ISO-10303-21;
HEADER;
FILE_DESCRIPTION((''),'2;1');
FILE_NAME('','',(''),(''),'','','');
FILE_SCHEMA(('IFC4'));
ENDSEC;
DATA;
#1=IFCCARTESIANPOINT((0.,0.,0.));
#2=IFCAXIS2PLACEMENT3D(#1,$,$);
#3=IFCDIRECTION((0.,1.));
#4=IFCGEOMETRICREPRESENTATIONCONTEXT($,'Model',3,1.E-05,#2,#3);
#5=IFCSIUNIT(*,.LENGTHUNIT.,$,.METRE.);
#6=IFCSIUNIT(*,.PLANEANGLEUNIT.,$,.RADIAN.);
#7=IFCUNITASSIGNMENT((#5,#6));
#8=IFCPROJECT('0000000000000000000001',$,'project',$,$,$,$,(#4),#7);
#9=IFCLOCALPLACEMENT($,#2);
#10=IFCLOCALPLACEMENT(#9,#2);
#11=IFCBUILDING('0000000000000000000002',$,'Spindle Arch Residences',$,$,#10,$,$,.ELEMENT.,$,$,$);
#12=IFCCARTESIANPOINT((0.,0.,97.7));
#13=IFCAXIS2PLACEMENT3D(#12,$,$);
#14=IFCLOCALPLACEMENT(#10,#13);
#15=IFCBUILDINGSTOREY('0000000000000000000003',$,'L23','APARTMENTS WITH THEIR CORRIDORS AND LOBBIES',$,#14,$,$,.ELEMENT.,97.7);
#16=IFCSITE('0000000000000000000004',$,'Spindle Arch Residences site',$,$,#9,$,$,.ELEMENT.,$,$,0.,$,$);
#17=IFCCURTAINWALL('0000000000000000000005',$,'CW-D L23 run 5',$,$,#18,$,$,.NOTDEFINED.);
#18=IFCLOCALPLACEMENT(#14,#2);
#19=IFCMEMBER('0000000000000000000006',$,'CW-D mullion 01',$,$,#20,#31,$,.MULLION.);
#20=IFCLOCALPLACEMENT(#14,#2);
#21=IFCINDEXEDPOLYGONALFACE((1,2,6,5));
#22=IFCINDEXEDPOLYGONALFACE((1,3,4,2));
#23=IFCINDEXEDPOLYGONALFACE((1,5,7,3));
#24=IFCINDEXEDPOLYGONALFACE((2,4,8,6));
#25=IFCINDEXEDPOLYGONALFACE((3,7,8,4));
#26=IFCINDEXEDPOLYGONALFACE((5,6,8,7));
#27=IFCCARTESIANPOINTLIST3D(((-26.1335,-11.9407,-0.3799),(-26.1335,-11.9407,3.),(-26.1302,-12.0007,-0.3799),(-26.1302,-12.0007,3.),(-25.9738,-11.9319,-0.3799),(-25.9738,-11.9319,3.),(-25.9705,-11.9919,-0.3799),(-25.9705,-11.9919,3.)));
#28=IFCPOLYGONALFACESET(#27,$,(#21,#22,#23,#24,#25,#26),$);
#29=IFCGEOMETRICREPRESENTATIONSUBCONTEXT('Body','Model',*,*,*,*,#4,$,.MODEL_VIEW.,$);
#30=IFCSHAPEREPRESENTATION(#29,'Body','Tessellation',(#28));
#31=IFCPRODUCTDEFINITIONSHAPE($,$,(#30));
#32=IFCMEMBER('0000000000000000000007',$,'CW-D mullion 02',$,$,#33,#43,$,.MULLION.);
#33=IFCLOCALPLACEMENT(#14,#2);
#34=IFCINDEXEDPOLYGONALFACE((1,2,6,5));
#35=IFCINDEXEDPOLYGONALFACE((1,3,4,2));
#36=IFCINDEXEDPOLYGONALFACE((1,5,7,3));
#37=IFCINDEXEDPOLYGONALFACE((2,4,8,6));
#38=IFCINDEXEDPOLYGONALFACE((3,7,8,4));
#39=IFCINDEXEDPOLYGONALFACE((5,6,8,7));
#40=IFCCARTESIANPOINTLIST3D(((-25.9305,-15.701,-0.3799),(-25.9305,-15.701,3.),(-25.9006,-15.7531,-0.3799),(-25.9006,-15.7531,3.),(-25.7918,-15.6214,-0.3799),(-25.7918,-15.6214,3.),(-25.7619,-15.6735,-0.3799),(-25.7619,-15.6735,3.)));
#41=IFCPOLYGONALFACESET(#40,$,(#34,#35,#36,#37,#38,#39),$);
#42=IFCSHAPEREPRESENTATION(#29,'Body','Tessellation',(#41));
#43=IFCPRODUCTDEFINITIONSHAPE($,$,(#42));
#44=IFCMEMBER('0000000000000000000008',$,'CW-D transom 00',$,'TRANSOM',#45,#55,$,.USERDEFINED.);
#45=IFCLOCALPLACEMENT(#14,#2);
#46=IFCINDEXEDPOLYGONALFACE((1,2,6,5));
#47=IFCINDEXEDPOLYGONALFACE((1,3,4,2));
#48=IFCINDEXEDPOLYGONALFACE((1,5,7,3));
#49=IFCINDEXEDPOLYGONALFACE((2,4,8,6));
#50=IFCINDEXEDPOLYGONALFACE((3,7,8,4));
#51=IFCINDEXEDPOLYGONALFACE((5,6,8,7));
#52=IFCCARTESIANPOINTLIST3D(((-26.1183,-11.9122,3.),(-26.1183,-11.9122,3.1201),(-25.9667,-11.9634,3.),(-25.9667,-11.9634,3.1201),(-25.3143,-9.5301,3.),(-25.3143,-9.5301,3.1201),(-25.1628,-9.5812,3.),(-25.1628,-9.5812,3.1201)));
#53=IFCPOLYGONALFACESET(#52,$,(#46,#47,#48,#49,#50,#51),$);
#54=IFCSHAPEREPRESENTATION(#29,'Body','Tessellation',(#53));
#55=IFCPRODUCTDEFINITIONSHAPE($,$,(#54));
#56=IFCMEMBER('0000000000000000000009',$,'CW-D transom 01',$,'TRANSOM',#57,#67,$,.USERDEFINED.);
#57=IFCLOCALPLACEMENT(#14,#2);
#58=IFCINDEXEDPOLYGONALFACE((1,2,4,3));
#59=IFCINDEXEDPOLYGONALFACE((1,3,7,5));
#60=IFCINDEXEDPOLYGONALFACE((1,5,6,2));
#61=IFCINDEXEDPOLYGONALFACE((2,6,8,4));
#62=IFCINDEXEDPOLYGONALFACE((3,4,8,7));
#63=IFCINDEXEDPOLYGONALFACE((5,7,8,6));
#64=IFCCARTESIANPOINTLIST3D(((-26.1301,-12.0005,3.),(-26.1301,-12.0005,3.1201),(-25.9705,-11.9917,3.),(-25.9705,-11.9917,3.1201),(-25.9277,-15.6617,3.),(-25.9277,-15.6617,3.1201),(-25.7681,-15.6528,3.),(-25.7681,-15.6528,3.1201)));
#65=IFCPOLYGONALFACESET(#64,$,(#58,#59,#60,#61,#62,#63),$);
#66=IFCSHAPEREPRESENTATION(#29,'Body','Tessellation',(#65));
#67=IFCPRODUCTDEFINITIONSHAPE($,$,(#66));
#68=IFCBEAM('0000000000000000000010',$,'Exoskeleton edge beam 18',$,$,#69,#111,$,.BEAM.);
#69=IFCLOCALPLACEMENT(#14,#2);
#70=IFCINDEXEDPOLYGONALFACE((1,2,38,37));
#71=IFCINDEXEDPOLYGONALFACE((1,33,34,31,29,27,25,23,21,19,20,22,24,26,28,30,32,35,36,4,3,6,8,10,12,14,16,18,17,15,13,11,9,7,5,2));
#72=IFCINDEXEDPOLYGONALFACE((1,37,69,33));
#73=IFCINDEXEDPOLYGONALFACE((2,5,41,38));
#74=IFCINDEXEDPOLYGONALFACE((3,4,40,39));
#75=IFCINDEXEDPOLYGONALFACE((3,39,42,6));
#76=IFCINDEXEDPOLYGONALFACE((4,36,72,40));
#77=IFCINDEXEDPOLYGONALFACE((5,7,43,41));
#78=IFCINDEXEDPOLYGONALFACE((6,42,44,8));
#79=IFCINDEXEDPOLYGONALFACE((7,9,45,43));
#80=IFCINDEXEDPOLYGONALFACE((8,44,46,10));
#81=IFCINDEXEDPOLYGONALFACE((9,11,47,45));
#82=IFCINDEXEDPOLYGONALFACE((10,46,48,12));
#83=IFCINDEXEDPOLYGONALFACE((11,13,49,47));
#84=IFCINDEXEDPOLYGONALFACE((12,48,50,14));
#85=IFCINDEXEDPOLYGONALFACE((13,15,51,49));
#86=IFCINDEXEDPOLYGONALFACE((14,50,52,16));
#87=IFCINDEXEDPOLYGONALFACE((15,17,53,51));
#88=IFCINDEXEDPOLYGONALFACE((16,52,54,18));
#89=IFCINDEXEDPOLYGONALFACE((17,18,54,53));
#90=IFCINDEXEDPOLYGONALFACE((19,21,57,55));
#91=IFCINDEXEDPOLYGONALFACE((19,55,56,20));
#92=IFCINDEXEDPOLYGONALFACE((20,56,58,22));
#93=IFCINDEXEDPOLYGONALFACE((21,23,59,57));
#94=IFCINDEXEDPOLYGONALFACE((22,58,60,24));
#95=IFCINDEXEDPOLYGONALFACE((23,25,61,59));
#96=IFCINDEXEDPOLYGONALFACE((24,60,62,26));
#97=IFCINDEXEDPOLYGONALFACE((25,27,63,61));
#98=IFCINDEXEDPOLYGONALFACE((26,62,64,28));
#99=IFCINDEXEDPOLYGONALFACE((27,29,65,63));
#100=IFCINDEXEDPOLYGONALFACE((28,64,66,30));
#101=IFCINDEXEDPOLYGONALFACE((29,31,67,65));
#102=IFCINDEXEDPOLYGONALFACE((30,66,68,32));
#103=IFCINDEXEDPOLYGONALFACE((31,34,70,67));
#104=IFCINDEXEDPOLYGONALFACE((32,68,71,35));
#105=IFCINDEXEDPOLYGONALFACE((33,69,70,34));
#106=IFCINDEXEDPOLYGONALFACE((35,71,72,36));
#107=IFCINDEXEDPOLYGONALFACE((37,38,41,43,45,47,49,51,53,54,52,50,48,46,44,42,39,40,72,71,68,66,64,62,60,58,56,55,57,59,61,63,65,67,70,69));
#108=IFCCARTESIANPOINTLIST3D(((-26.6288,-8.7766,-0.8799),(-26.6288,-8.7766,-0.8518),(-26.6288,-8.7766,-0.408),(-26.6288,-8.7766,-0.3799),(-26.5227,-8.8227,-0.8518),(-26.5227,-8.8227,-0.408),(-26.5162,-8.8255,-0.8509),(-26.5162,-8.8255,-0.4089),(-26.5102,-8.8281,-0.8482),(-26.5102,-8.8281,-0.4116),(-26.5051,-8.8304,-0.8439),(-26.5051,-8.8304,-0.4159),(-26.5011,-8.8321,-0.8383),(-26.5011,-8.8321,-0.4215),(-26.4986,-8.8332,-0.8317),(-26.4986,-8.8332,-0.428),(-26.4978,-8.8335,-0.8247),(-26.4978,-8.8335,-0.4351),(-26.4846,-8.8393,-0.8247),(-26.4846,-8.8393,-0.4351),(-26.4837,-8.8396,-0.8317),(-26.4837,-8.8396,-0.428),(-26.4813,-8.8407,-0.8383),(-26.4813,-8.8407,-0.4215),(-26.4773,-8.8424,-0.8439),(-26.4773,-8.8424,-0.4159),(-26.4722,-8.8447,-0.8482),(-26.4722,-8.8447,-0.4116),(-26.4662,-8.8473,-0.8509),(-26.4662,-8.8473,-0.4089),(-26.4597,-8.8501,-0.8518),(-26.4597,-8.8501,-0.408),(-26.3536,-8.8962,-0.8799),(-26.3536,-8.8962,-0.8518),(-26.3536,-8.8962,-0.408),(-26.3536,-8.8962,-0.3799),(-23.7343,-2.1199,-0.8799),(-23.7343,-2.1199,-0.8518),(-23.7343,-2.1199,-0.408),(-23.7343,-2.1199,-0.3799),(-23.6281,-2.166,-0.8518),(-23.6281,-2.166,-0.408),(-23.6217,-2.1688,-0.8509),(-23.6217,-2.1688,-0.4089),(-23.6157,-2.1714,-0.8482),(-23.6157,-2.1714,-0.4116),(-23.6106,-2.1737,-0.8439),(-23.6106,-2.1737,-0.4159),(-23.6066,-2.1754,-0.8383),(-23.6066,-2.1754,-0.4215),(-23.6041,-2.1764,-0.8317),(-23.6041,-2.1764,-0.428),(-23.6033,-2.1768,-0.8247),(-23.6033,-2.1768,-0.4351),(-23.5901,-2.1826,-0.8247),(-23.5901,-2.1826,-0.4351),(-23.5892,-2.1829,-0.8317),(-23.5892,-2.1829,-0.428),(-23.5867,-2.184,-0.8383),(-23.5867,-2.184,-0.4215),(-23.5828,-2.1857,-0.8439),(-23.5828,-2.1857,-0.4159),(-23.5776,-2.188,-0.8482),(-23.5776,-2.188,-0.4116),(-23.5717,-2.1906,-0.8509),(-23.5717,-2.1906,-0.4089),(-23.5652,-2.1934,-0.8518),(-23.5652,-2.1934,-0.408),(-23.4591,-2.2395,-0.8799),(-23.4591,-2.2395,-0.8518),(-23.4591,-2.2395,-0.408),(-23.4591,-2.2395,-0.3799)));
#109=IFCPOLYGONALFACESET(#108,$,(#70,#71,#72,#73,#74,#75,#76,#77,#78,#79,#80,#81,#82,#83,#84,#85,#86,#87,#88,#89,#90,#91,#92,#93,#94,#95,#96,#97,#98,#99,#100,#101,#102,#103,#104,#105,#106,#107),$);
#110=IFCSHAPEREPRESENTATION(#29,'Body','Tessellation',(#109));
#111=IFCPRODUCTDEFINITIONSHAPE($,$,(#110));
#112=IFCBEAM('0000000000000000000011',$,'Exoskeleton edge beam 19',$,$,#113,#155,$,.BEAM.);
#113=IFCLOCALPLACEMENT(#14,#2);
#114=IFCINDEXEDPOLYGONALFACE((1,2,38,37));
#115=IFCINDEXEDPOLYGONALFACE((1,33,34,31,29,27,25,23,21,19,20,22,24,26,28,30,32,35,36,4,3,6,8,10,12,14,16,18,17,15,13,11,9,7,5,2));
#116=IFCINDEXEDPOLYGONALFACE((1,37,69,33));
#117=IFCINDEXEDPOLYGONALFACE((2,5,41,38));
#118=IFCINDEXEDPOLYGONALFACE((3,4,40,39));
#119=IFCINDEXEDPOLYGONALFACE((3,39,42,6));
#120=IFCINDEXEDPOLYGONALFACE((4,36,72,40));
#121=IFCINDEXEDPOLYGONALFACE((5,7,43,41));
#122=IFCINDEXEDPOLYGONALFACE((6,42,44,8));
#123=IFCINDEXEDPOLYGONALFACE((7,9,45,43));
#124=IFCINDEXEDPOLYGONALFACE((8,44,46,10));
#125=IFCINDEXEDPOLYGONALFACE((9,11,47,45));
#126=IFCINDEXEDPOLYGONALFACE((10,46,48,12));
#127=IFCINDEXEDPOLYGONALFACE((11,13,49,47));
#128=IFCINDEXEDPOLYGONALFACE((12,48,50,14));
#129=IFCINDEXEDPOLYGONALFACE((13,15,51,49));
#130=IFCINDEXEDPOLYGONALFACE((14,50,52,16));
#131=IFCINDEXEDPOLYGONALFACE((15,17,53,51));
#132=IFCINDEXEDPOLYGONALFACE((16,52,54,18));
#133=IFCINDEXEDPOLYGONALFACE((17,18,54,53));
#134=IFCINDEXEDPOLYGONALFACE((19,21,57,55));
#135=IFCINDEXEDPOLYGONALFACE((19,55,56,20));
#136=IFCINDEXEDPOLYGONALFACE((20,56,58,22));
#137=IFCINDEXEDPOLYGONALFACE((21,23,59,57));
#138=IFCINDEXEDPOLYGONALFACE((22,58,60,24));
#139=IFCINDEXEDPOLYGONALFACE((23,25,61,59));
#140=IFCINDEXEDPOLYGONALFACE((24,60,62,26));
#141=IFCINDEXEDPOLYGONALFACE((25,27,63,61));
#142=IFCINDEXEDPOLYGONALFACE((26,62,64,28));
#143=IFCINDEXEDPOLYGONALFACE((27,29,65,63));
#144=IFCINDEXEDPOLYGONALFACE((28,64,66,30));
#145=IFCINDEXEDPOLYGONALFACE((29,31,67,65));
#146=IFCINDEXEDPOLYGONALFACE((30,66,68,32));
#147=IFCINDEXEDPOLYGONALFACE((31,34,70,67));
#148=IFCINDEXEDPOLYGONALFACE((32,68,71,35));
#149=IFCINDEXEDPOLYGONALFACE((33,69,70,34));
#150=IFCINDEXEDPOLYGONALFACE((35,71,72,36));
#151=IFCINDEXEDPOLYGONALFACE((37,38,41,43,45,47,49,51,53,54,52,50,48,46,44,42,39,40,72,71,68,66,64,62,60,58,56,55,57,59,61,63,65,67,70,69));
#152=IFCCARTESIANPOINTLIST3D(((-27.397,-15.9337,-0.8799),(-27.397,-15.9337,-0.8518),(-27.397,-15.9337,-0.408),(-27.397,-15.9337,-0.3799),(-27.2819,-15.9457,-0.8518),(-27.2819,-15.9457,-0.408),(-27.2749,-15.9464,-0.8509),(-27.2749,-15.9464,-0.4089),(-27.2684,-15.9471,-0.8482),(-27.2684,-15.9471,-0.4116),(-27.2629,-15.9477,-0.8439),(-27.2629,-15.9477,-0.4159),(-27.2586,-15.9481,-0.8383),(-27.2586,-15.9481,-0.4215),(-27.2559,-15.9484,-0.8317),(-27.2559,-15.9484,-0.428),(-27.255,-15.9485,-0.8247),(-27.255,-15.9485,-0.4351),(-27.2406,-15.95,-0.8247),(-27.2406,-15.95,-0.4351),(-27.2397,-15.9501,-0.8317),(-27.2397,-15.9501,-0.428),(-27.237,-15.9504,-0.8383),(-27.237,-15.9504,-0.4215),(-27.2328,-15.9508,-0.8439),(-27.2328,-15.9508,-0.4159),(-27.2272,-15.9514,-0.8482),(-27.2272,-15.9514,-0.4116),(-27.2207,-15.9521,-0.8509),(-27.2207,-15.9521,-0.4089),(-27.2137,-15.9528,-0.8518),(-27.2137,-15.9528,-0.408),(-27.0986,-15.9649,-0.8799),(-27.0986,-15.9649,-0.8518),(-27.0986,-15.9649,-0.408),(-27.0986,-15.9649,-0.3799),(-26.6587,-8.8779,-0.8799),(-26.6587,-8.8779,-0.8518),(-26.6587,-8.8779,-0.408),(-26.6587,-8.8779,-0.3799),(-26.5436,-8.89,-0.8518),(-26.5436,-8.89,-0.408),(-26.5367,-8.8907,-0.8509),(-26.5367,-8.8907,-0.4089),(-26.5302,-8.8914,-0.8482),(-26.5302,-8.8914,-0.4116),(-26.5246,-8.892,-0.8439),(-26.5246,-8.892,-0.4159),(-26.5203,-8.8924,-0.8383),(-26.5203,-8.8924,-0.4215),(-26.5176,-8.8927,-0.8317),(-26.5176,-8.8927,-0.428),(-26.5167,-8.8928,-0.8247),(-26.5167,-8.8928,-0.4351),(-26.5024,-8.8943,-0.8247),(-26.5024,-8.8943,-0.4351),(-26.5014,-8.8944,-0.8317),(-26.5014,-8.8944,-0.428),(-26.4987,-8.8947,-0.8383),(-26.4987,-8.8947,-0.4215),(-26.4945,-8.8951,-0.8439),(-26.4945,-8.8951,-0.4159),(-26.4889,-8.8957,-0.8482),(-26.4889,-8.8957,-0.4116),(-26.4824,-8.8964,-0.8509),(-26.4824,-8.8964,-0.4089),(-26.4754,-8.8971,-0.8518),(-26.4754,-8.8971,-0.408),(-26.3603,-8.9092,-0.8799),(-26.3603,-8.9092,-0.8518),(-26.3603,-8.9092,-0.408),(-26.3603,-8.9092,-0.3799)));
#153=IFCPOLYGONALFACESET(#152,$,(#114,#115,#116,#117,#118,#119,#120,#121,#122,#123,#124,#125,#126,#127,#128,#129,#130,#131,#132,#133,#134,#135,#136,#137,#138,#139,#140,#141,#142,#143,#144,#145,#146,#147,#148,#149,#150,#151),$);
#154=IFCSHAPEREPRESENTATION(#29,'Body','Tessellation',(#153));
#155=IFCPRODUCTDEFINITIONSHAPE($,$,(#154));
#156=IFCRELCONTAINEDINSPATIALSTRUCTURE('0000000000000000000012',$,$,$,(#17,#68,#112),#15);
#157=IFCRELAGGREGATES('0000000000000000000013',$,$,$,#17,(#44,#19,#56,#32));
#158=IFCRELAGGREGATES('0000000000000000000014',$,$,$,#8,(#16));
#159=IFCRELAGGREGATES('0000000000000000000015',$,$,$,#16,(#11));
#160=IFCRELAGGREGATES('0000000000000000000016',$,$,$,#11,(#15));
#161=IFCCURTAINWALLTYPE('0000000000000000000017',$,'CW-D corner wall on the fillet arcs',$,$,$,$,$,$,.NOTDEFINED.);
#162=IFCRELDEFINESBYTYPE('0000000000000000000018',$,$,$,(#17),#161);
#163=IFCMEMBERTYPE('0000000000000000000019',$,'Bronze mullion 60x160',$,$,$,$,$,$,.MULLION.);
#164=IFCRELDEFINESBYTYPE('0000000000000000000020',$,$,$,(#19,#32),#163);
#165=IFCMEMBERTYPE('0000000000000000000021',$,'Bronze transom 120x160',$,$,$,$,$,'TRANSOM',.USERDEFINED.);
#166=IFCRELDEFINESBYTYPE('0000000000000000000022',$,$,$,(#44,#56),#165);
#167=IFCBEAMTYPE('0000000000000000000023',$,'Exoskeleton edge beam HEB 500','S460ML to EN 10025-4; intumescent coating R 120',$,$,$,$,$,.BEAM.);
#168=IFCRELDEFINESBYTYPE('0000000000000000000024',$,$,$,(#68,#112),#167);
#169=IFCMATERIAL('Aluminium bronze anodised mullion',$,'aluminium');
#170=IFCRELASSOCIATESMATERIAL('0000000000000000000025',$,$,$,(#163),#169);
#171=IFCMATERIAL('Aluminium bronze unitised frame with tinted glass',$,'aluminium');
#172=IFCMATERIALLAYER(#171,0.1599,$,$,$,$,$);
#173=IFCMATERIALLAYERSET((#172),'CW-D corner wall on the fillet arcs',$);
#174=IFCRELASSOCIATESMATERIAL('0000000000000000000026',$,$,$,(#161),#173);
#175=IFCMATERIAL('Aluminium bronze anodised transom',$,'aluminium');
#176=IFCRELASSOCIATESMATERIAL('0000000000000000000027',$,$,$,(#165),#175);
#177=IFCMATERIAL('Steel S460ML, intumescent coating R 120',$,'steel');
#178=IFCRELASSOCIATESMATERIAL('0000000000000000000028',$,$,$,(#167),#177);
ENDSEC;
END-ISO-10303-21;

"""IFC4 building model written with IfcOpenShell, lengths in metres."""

from ifc_helpers import new_model, si_unit, direction, frame, origin, origin_2d, place, context, subcontext, project, spatial, rectangle, i_section, extrude, material, layer, layer_set, material_profile, profile_set, type_object, element, aggregate, save


model = new_model("IFC4")

# Units and contexts
model_context = context("Model", 3, precision=1e-05, world=origin(), true_north=direction((0.0, 1.0)))
body_context = subcontext(model_context, "Body", "Model", "MODEL_VIEW")
ifc_project = project(units=[si_unit("LENGTHUNIT", "METRE"), si_unit("PLANEANGLEUNIT", "RADIAN")], contexts=[model_context])

# Site, building, storey
site_placement = place(None, origin())
site = spatial("IfcSite", under=ifc_project, at=site_placement, Name="Spindle Arch Residences site", CompositionType="ELEMENT", RefElevation=0.0)
building_placement = place(site_placement, origin())
building = spatial("IfcBuilding", under=site, at=building_placement, Name="Spindle Arch Residences", CompositionType="ELEMENT")
storey_placement = place(building_placement, frame((0.0, 0.0, 97.7)))
storey = spatial("IfcBuildingStorey", under=building, at=storey_placement, Name="L23", Description="APARTMENTS WITH THEIR CORRIDORS AND LOBBIES", CompositionType="ELEMENT", Elevation=97.7)

# Shared definitions
ifc_material_1 = material(Name="Aluminium bronze anodised mullion", Category="aluminium")
ifc_material_profile_1 = material_profile(ifc_material_1, rectangle(XDim=0.1599, YDim=0.0601, at=origin_2d()), Name="MU 60x160")
ifc_profile_set_1 = profile_set([ifc_material_profile_1], Name="Aluminium bronze anodised mullion")
member_type_1 = type_object("IfcMemberType", Name="Bronze mullion 60x160", PredefinedType="MULLION", material=ifc_profile_set_1)

# Curtain wall, members
ifc_material_2 = material(Name="Aluminium bronze unitised frame with tinted glass", Category="aluminium")
ifc_layer_1 = layer(ifc_material_2, 0.1599)
ifc_layer_set_1 = layer_set([ifc_layer_1], Name="CW-D corner wall on the fillet arcs")
curtain_wall_type_1 = type_object("IfcCurtainWallType", Name="CW-D corner wall on the fillet arcs", PredefinedType="NOTDEFINED", material=ifc_layer_set_1)
curtain_wall_1_placement = place(storey_placement, origin())
curtain_wall_1 = element("IfcCurtainWall", 1, at=curtain_wall_1_placement, inside=storey, type_object=curtain_wall_type_1, Name="CW-D L23 run 5", PredefinedType="NOTDEFINED")
member_1_placement = place(storey_placement, frame((-26.052, -11.9663, -0.3799), z_axis=(0.0, 0.0, 1.0), x_axis=(0.998473, 0.055241, 0.0)))
member_1 = element("IfcMember", 2, at=member_1_placement, type_object=member_type_1, Name="CW-D mullion 01", PredefinedType="MULLION", context=body_context, shape_type="SweptSolid", body=[
    extrude(rectangle(XDim=0.1599, YDim=0.0601, at=origin_2d()), origin(), (0.0, 0.0, 1.0), 3.3799),
])
member_2_placement = place(storey_placement, frame((-25.8462, -15.6873, -0.3799), z_axis=(0.0, 0.0, 1.0), x_axis=(0.867476, 0.497479, 0.0)))
member_2 = element("IfcMember", 3, at=member_2_placement, type_object=member_type_1, Name="CW-D mullion 02", PredefinedType="MULLION", context=body_context, shape_type="SweptSolid", body=[
    extrude(rectangle(XDim=0.1599, YDim=0.0601, at=origin_2d()), origin(), (0.0, 0.0, 1.0), 3.3799),
])
ifc_material_3 = material(Name="Aluminium bronze anodised transom", Category="aluminium")
ifc_material_profile_2 = material_profile(ifc_material_3, rectangle(XDim=0.1599, YDim=0.1201, at=origin_2d()), Name="TR 120x160")
ifc_profile_set_2 = profile_set([ifc_material_profile_2], Name="Aluminium bronze anodised transom")
member_type_2 = type_object("IfcMemberType", Name="Bronze transom 120x160", ElementType="TRANSOM", PredefinedType="USERDEFINED", material=ifc_profile_set_2)
member_3_placement = place(storey_placement, frame((-25.2385, -9.5557, 3.0601), z_axis=(-0.31978, -0.947492, 0.0), x_axis=(0.947492, -0.31978, 0.0)))
member_3 = element("IfcMember", 4, at=member_3_placement, type_object=member_type_2, Name="CW-D transom 00", ObjectType="TRANSOM", PredefinedType="USERDEFINED", context=body_context, shape_type="SweptSolid", body=[
    extrude(rectangle(XDim=0.1599, YDim=0.1201, at=origin_2d()), origin(), (0.0, 0.0, 1.0), 2.5142),
])
member_4_placement = place(storey_placement, frame((-26.0503, -11.9961, 3.0601), z_axis=(0.055197, -0.998475, 0.0), x_axis=(0.998475, 0.055197, 0.0)))
member_4 = element("IfcMember", 5, at=member_4_placement, type_object=member_type_2, Name="CW-D transom 01", ObjectType="TRANSOM", PredefinedType="USERDEFINED", context=body_context, shape_type="SweptSolid", body=[
    extrude(rectangle(XDim=0.1599, YDim=0.1201, at=origin_2d()), origin(), (0.0, 0.0, 1.0), 3.6667),
])

# Beams
ifc_material_4 = material(Name="Steel S460ML, intumescent coating R 120", Category="steel")
ifc_material_profile_3 = material_profile(ifc_material_4, i_section(OverallWidth=0.3, OverallDepth=0.5, WebThickness=0.0144, FlangeThickness=0.0281, FilletRadius=0.0271, at=origin_2d()), Name="HEB 500")
ifc_profile_set_3 = profile_set([ifc_material_profile_3], Name="Steel S460ML, intumescent coating R 120")
beam_type_1 = type_object("IfcBeamType", Name="Exoskeleton edge beam HEB 500", Description="S460ML to EN 10025-4; intumescent coating R 120", PredefinedType="BEAM", material=ifc_profile_set_3)
beam_1_placement = place(storey_placement, frame((-23.5967, -2.1797, -0.6299), z_axis=(-0.398761, -0.917055, 0.0), x_axis=(0.917055, -0.398761, 0.0)))
element("IfcBeam", 6, at=beam_1_placement, inside=storey, type_object=beam_type_1, Name="Exoskeleton edge beam 18", PredefinedType="BEAM", context=body_context, shape_type="SweptSolid", body=[
    extrude(i_section(OverallWidth=0.3, OverallDepth=0.5, WebThickness=0.0144, FlangeThickness=0.0281, FilletRadius=0.0271, at=origin_2d()), origin(), (0.0, 0.0, 1.0), 7.2588),
])
beam_2_placement = place(storey_placement, frame((-26.5095, -8.8936, -0.6299), z_axis=(-0.104069, -0.99457, 0.0), x_axis=(0.99457, -0.104069, 0.0)))
element("IfcBeam", 7, at=beam_2_placement, inside=storey, type_object=beam_type_1, Name="Exoskeleton edge beam 19", PredefinedType="BEAM", context=body_context, shape_type="SweptSolid", body=[
    extrude(i_section(OverallWidth=0.3, OverallDepth=0.5, WebThickness=0.0144, FlangeThickness=0.0281, FilletRadius=0.0271, at=origin_2d()), origin(), (0.0, 0.0, 1.0), 7.0942),
])

aggregate(curtain_wall_1, [member_3, member_1, member_4, member_2])

save(model, "model.ifc")
